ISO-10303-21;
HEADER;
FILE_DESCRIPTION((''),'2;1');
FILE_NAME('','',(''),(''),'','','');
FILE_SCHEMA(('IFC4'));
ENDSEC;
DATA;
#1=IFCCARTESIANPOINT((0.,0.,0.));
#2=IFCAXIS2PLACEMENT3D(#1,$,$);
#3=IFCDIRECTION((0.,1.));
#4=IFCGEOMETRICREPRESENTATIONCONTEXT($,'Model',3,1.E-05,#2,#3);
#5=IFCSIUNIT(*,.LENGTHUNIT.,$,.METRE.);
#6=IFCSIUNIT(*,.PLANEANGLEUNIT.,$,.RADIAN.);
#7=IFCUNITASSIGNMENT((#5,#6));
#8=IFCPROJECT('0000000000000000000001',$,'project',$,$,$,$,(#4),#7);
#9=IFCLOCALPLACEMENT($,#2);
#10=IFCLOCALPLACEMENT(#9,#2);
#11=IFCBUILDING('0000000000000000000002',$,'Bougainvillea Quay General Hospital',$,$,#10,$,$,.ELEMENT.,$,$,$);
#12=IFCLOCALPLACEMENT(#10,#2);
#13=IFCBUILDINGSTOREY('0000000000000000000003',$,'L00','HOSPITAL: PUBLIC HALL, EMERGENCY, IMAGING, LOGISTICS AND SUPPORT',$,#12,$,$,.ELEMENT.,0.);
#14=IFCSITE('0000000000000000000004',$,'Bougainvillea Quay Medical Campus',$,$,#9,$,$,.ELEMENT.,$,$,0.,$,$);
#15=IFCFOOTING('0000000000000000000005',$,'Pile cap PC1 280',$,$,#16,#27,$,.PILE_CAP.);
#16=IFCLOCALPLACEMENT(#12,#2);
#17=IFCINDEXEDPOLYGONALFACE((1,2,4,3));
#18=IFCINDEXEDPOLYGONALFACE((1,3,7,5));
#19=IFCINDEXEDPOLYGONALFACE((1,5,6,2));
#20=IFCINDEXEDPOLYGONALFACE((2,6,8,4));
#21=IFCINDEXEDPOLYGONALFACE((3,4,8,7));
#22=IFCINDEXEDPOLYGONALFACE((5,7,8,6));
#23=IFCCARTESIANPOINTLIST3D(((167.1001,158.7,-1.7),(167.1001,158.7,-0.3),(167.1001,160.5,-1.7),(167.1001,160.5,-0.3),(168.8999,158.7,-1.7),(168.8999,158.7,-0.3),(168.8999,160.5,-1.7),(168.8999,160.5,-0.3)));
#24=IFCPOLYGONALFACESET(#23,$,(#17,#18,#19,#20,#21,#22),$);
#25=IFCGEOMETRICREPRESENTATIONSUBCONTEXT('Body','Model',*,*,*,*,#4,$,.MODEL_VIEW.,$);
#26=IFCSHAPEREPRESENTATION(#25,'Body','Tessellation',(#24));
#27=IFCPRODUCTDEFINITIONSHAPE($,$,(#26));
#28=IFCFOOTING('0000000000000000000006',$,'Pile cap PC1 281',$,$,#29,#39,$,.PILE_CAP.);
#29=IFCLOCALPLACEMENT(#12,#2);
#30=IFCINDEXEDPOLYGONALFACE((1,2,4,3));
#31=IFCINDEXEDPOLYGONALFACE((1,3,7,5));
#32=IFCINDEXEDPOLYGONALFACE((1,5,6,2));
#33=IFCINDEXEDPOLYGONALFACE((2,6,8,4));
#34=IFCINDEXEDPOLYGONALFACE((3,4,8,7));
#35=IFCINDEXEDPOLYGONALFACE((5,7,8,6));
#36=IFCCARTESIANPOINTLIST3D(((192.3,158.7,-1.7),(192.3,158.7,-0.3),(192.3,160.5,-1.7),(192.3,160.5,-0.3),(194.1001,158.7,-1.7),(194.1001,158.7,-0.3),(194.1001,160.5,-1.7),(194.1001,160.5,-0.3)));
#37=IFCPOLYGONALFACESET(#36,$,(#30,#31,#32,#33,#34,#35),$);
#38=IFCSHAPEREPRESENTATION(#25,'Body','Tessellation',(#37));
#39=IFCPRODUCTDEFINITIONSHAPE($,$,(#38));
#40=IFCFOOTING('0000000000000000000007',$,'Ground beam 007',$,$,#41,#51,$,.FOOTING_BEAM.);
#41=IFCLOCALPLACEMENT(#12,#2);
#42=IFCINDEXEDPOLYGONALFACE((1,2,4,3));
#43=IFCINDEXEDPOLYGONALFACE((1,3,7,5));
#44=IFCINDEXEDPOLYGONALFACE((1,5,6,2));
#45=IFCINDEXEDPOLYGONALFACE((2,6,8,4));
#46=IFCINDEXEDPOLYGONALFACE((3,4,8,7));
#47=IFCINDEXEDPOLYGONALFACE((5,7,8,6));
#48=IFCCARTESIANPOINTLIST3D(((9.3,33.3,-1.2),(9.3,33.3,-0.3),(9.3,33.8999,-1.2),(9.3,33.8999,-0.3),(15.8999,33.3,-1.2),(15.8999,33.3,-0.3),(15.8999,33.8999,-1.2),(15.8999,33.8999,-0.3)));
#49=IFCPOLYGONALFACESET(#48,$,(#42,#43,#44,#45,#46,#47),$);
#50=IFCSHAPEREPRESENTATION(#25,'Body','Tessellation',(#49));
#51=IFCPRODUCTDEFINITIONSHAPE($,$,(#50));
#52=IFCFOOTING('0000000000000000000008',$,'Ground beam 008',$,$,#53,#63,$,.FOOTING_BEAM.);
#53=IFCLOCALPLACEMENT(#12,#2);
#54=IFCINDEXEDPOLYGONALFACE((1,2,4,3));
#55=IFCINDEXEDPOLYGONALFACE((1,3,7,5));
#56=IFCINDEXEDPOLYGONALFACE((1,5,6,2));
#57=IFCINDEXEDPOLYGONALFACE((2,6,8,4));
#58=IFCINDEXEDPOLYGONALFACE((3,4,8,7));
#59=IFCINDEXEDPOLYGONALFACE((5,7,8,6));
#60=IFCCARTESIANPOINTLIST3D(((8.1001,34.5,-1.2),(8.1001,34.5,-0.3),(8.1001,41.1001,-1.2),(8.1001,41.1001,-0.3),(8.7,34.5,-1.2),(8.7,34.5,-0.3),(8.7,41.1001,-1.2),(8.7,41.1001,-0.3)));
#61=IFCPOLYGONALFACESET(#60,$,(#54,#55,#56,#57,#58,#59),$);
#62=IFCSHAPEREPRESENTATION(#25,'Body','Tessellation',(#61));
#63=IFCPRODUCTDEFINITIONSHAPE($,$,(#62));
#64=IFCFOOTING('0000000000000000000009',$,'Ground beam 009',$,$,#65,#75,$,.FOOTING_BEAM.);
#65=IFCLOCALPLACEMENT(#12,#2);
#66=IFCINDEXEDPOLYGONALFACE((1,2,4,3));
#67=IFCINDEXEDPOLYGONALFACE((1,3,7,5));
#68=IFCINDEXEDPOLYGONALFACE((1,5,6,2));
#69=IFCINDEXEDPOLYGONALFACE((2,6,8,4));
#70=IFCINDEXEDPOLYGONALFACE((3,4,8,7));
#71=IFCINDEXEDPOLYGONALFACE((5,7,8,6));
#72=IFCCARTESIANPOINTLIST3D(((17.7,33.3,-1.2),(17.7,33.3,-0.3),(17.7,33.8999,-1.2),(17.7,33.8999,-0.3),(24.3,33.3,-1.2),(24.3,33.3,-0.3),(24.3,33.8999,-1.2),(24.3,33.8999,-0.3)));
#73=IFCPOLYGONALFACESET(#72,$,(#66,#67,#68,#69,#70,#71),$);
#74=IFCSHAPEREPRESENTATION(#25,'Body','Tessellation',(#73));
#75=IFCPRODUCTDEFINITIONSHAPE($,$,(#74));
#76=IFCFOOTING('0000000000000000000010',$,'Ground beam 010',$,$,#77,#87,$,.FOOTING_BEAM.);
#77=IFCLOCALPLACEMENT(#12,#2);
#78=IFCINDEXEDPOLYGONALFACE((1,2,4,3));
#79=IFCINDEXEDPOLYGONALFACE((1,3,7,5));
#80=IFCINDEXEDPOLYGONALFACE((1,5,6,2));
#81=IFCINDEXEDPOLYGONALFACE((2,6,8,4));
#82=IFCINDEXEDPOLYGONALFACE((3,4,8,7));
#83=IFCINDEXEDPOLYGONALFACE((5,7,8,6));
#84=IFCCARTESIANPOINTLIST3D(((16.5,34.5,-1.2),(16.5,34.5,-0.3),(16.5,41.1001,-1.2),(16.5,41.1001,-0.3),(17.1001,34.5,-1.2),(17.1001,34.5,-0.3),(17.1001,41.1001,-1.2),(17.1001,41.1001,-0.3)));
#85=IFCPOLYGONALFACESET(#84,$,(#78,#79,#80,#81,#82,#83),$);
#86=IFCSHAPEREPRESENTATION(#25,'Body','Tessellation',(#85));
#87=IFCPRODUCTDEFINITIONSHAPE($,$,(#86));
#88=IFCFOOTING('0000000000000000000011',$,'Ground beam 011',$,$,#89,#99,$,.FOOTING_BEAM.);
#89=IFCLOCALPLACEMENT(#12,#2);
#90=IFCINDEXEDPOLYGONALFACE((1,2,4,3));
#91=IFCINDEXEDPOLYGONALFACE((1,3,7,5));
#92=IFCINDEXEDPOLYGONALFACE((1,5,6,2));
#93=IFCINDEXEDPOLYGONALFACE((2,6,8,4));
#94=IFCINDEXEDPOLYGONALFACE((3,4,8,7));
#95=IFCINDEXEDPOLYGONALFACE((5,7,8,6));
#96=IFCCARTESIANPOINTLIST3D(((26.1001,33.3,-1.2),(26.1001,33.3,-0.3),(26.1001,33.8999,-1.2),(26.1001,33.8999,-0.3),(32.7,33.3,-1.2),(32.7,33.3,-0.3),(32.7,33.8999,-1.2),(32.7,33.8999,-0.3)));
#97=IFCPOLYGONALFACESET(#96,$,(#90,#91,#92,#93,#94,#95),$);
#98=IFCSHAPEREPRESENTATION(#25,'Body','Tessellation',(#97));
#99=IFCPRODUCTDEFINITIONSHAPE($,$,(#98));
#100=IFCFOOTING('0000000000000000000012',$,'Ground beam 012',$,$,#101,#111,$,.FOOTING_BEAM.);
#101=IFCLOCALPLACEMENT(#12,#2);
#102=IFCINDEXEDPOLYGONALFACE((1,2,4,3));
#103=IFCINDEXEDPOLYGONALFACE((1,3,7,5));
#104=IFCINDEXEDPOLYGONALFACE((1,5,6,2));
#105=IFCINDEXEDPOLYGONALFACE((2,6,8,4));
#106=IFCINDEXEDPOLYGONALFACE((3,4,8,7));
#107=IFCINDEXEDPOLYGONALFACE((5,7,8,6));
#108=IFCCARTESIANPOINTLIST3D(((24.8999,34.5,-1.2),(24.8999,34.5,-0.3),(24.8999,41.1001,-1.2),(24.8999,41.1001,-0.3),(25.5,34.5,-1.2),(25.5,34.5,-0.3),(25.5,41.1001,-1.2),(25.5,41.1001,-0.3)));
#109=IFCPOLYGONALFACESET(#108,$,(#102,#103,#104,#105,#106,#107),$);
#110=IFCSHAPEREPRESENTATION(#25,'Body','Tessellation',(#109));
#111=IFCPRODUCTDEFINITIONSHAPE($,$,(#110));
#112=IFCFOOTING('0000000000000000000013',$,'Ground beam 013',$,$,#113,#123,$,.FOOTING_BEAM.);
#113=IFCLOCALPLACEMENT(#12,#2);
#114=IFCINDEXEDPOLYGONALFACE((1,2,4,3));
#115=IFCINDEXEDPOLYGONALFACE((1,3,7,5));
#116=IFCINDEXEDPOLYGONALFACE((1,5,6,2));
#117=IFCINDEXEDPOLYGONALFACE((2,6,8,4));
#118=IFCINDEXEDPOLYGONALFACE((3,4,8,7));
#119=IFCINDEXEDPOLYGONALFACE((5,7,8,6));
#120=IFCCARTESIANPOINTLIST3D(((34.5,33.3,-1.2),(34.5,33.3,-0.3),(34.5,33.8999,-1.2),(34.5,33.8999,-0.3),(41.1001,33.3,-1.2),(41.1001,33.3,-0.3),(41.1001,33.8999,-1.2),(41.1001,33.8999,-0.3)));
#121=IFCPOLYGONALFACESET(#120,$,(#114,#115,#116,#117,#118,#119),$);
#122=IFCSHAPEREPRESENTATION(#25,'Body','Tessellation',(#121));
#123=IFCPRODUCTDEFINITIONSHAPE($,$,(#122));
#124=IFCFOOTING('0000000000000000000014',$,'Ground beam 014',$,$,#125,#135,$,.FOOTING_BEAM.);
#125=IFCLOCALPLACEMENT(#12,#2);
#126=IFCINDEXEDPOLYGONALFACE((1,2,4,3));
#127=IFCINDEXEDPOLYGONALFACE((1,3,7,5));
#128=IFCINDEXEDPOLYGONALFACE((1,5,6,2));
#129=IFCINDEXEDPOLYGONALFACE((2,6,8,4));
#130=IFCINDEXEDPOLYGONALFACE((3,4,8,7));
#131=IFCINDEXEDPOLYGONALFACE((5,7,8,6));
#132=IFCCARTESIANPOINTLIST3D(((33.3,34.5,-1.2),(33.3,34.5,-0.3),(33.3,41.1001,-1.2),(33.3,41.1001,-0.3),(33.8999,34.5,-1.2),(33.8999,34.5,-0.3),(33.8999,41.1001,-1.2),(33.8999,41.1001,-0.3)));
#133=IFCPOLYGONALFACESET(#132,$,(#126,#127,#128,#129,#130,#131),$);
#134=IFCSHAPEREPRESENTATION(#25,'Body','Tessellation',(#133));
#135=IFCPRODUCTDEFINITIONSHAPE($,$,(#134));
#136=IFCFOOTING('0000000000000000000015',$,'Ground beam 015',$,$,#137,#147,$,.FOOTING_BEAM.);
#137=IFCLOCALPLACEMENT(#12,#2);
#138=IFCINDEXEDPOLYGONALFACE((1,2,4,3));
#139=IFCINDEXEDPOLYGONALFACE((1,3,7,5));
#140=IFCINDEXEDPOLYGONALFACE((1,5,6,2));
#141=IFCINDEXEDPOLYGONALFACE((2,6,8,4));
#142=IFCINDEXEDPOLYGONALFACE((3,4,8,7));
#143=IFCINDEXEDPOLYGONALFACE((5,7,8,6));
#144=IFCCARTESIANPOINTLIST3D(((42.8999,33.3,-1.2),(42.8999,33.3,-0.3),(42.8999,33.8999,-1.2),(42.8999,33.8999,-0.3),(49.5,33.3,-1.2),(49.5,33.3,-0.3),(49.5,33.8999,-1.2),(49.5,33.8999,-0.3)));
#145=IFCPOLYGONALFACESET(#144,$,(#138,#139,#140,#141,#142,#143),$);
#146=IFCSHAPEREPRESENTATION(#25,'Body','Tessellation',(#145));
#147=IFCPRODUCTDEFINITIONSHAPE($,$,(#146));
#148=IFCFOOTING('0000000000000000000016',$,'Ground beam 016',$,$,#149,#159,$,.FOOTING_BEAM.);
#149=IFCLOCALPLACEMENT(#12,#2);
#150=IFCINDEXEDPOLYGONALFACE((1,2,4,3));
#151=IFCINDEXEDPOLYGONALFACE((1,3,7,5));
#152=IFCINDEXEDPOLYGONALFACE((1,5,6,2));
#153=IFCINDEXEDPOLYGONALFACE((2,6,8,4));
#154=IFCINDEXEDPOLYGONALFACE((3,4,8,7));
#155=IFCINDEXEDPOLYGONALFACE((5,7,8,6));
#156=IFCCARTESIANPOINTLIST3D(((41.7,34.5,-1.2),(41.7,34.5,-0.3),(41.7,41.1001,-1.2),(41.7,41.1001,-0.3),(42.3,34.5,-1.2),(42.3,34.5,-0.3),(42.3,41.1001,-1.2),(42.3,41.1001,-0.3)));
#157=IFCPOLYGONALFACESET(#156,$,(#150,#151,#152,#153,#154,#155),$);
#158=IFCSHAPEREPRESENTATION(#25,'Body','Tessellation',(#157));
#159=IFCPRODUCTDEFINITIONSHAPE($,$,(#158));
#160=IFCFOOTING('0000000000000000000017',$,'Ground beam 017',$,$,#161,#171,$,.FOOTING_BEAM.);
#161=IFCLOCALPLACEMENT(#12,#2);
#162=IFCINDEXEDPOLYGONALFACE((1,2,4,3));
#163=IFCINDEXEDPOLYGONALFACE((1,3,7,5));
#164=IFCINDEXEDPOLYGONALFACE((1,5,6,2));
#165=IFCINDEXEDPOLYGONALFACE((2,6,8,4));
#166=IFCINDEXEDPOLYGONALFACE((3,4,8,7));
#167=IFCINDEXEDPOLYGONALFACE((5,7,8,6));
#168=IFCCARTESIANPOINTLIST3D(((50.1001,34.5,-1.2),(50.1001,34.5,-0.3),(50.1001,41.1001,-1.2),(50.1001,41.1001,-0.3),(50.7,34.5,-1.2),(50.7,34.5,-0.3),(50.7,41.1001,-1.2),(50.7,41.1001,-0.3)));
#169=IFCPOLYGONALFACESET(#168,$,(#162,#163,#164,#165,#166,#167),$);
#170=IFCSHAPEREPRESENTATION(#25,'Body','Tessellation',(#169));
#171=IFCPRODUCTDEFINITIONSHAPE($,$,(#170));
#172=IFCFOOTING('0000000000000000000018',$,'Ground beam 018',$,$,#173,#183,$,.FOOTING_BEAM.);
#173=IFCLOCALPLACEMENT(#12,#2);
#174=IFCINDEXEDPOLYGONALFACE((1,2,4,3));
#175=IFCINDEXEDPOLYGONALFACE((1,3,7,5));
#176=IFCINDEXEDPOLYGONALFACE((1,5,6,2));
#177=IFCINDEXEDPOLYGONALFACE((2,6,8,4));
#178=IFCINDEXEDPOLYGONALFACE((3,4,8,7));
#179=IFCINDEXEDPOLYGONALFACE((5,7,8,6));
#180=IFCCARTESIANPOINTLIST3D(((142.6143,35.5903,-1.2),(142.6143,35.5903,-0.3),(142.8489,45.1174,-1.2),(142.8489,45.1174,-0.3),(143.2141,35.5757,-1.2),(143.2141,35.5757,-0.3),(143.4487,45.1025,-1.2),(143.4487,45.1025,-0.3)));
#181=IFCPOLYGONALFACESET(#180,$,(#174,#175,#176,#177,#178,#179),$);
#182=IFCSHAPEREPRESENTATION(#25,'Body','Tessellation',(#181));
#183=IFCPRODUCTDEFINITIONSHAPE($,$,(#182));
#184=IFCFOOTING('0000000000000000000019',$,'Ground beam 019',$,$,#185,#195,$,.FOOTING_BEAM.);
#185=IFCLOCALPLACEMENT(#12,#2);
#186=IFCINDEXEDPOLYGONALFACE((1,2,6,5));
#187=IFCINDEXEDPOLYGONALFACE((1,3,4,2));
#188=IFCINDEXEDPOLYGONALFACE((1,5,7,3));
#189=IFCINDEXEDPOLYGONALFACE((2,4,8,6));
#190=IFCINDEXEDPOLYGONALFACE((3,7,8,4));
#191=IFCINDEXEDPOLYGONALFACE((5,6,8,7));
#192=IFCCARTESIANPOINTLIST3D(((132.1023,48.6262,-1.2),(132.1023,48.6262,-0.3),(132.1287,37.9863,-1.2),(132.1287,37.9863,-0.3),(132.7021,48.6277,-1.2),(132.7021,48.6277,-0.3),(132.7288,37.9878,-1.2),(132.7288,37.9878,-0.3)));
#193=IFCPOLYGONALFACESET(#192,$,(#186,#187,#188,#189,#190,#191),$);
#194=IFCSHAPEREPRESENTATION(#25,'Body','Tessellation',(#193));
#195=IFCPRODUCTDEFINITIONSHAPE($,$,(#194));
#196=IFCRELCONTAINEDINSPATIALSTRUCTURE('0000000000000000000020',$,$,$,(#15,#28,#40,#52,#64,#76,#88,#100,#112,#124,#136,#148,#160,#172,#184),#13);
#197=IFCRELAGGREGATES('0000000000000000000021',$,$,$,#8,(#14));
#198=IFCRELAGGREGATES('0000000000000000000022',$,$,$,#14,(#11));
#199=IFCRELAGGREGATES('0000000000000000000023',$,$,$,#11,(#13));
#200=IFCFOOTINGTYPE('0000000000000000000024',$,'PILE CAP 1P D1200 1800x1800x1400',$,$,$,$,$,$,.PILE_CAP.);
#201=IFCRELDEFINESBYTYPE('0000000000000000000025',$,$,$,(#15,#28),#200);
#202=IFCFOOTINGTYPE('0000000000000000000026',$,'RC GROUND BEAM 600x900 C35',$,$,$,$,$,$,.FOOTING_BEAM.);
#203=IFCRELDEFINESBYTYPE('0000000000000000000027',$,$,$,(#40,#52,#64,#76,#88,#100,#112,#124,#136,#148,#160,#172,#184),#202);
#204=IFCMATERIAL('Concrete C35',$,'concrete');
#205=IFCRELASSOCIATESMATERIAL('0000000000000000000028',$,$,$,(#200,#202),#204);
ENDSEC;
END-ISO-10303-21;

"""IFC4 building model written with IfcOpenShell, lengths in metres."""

from ifc_helpers import new_model, si_unit, direction, frame, origin, origin_2d, place, context, subcontext, project, spatial, polyline, rectangle, outline, extrude, material, material_profile, profile_set, type_object, element, save


model = new_model("IFC4")

# Units and contexts
model_context = context("Model", 3, precision=1e-05, world=origin(), true_north=direction((0.0, 1.0)))
body_context = subcontext(model_context, "Body", "Model", "MODEL_VIEW")
ifc_project = project(units=[si_unit("LENGTHUNIT", "METRE"), si_unit("PLANEANGLEUNIT", "RADIAN")], contexts=[model_context])

# Site, building, storey
site_placement = place(None, origin())
site = spatial("IfcSite", under=ifc_project, at=site_placement, Name="Bougainvillea Quay Medical Campus", CompositionType="ELEMENT", RefElevation=0.0)
building_placement = place(site_placement, origin())
building = spatial("IfcBuilding", under=site, at=building_placement, Name="Bougainvillea Quay General Hospital", CompositionType="ELEMENT")
storey_placement = place(building_placement, origin())
storey = spatial("IfcBuildingStorey", under=building, at=storey_placement, Name="L00", Description="HOSPITAL: PUBLIC HALL, EMERGENCY, IMAGING, LOGISTICS AND SUPPORT", CompositionType="ELEMENT", Elevation=0.0)

# Footings
ifc_material = material(Name="Concrete C35", Category="concrete")
footing_type_1 = type_object("IfcFootingType", Name="PILE CAP 1P D1200 1800x1800x1400", PredefinedType="PILE_CAP", material=ifc_material)
footing_1_placement = place(storey_placement, frame((0.0, 0.0, -1.7)))
element("IfcFooting", 1, at=footing_1_placement, inside=storey, type_object=footing_type_1, Name="Pile cap PC1 280", PredefinedType="PILE_CAP", context=body_context, shape_type="SweptSolid", body=[
    extrude(outline(polyline([(167.1001, 158.7), (168.8999, 158.7), (168.8999, 160.5), (167.1001, 160.5), (167.1001, 158.7)])), origin(), (0.0, 0.0, 1.0), 1.3999),
])
footing_2_placement = place(storey_placement, frame((0.0, 0.0, -1.7)))
element("IfcFooting", 2, at=footing_2_placement, inside=storey, type_object=footing_type_1, Name="Pile cap PC1 281", PredefinedType="PILE_CAP", context=body_context, shape_type="SweptSolid", body=[
    extrude(outline(polyline([(192.3, 158.7), (194.1001, 158.7), (194.1001, 160.5), (192.3, 160.5), (192.3, 158.7)])), origin(), (0.0, 0.0, 1.0), 1.3999),
])
ifc_material_profile = material_profile(ifc_material, rectangle(XDim=0.6001, YDim=0.8999, at=origin_2d()))
ifc_profile_set = profile_set([ifc_material_profile], Name="Concrete C35")
footing_type_2 = type_object("IfcFootingType", Name="RC GROUND BEAM 600x900 C35", PredefinedType="FOOTING_BEAM", material=ifc_profile_set)
footing_3_placement = place(storey_placement, frame((0.0, 0.0, -1.2)))
element("IfcFooting", 3, at=footing_3_placement, inside=storey, type_object=footing_type_2, Name="Ground beam 007", PredefinedType="FOOTING_BEAM", context=body_context, shape_type="SweptSolid", body=[
    extrude(outline(polyline([(9.3, 33.8999), (15.8999, 33.8999), (15.8999, 33.3), (9.3, 33.3), (9.3, 33.8999)])), origin(), (0.0, 0.0, 1.0), 0.8999),
])
footing_4_placement = place(storey_placement, frame((0.0, 0.0, -1.2)))
element("IfcFooting", 4, at=footing_4_placement, inside=storey, type_object=footing_type_2, Name="Ground beam 008", PredefinedType="FOOTING_BEAM", context=body_context, shape_type="SweptSolid", body=[
    extrude(outline(polyline([(8.1001, 34.5), (8.1001, 41.1001), (8.7, 41.1001), (8.7, 34.5), (8.1001, 34.5)])), origin(), (0.0, 0.0, 1.0), 0.8999),
])
footing_5_placement = place(storey_placement, frame((0.0, 0.0, -1.2)))
element("IfcFooting", 5, at=footing_5_placement, inside=storey, type_object=footing_type_2, Name="Ground beam 009", PredefinedType="FOOTING_BEAM", context=body_context, shape_type="SweptSolid", body=[
    extrude(outline(polyline([(17.7, 33.8999), (24.3, 33.8999), (24.3, 33.3), (17.7, 33.3), (17.7, 33.8999)])), origin(), (0.0, 0.0, 1.0), 0.8999),
])
footing_6_placement = place(storey_placement, frame((0.0, 0.0, -1.2)))
element("IfcFooting", 6, at=footing_6_placement, inside=storey, type_object=footing_type_2, Name="Ground beam 010", PredefinedType="FOOTING_BEAM", context=body_context, shape_type="SweptSolid", body=[
    extrude(outline(polyline([(16.5, 34.5), (16.5, 41.1001), (17.1001, 41.1001), (17.1001, 34.5), (16.5, 34.5)])), origin(), (0.0, 0.0, 1.0), 0.8999),
])
footing_7_placement = place(storey_placement, frame((0.0, 0.0, -1.2)))
element("IfcFooting", 7, at=footing_7_placement, inside=storey, type_object=footing_type_2, Name="Ground beam 011", PredefinedType="FOOTING_BEAM", context=body_context, shape_type="SweptSolid", body=[
    extrude(outline(polyline([(26.1001, 33.8999), (32.7, 33.8999), (32.7, 33.3), (26.1001, 33.3), (26.1001, 33.8999)])), origin(), (0.0, 0.0, 1.0), 0.8999),
])
footing_8_placement = place(storey_placement, frame((0.0, 0.0, -1.2)))
element("IfcFooting", 8, at=footing_8_placement, inside=storey, type_object=footing_type_2, Name="Ground beam 012", PredefinedType="FOOTING_BEAM", context=body_context, shape_type="SweptSolid", body=[
    extrude(outline(polyline([(24.8999, 34.5), (24.8999, 41.1001), (25.5, 41.1001), (25.5, 34.5), (24.8999, 34.5)])), origin(), (0.0, 0.0, 1.0), 0.8999),
])
footing_9_placement = place(storey_placement, frame((0.0, 0.0, -1.2)))
element("IfcFooting", 9, at=footing_9_placement, inside=storey, type_object=footing_type_2, Name="Ground beam 013", PredefinedType="FOOTING_BEAM", context=body_context, shape_type="SweptSolid", body=[
    extrude(outline(polyline([(34.5, 33.8999), (41.1001, 33.8999), (41.1001, 33.3), (34.5, 33.3), (34.5, 33.8999)])), origin(), (0.0, 0.0, 1.0), 0.8999),
])
footing_10_placement = place(storey_placement, frame((0.0, 0.0, -1.2)))
element("IfcFooting", 10, at=footing_10_placement, inside=storey, type_object=footing_type_2, Name="Ground beam 014", PredefinedType="FOOTING_BEAM", context=body_context, shape_type="SweptSolid", body=[
    extrude(outline(polyline([(33.3, 34.5), (33.3, 41.1001), (33.8999, 41.1001), (33.8999, 34.5), (33.3, 34.5)])), origin(), (0.0, 0.0, 1.0), 0.8999),
])
footing_11_placement = place(storey_placement, frame((0.0, 0.0, -1.2)))
element("IfcFooting", 11, at=footing_11_placement, inside=storey, type_object=footing_type_2, Name="Ground beam 015", PredefinedType="FOOTING_BEAM", context=body_context, shape_type="SweptSolid", body=[
    extrude(outline(polyline([(42.8999, 33.8999), (49.5, 33.8999), (49.5, 33.3), (42.8999, 33.3), (42.8999, 33.8999)])), origin(), (0.0, 0.0, 1.0), 0.8999),
])
footing_12_placement = place(storey_placement, frame((0.0, 0.0, -1.2)))
element("IfcFooting", 12, at=footing_12_placement, inside=storey, type_object=footing_type_2, Name="Ground beam 016", PredefinedType="FOOTING_BEAM", context=body_context, shape_type="SweptSolid", body=[
    extrude(outline(polyline([(41.7, 34.5), (41.7, 41.1001), (42.3, 41.1001), (42.3, 34.5), (41.7, 34.5)])), origin(), (0.0, 0.0, 1.0), 0.8999),
])
footing_13_placement = place(storey_placement, frame((0.0, 0.0, -1.2)))
element("IfcFooting", 13, at=footing_13_placement, inside=storey, type_object=footing_type_2, Name="Ground beam 017", PredefinedType="FOOTING_BEAM", context=body_context, shape_type="SweptSolid", body=[
    extrude(outline(polyline([(50.1001, 34.5), (50.1001, 41.1001), (50.7, 41.1001), (50.7, 34.5), (50.1001, 34.5)])), origin(), (0.0, 0.0, 1.0), 0.8999),
])
footing_14_placement = place(storey_placement, frame((0.0, 0.0, -1.2)))
element("IfcFooting", 14, at=footing_14_placement, inside=storey, type_object=footing_type_2, Name="Ground beam 018", PredefinedType="FOOTING_BEAM", context=body_context, shape_type="SweptSolid", body=[
    extrude(outline(polyline([(142.6143, 35.5903), (142.8489, 45.1174), (143.4487, 45.1025), (143.2141, 35.5757), (142.6143, 35.5903)])), origin(), (0.0, 0.0, 1.0), 0.8999),
])
footing_15_placement = place(storey_placement, frame((0.0, 0.0, -1.2)))
element("IfcFooting", 15, at=footing_15_placement, inside=storey, type_object=footing_type_2, Name="Ground beam 019", PredefinedType="FOOTING_BEAM", context=body_context, shape_type="SweptSolid", body=[
    extrude(outline(polyline([(132.1287, 37.9863), (132.1023, 48.6262), (132.7021, 48.6277), (132.7288, 37.9878), (132.1287, 37.9863)])), origin(), (0.0, 0.0, 1.0), 0.8999),
])

save(model, "model.ifc")
